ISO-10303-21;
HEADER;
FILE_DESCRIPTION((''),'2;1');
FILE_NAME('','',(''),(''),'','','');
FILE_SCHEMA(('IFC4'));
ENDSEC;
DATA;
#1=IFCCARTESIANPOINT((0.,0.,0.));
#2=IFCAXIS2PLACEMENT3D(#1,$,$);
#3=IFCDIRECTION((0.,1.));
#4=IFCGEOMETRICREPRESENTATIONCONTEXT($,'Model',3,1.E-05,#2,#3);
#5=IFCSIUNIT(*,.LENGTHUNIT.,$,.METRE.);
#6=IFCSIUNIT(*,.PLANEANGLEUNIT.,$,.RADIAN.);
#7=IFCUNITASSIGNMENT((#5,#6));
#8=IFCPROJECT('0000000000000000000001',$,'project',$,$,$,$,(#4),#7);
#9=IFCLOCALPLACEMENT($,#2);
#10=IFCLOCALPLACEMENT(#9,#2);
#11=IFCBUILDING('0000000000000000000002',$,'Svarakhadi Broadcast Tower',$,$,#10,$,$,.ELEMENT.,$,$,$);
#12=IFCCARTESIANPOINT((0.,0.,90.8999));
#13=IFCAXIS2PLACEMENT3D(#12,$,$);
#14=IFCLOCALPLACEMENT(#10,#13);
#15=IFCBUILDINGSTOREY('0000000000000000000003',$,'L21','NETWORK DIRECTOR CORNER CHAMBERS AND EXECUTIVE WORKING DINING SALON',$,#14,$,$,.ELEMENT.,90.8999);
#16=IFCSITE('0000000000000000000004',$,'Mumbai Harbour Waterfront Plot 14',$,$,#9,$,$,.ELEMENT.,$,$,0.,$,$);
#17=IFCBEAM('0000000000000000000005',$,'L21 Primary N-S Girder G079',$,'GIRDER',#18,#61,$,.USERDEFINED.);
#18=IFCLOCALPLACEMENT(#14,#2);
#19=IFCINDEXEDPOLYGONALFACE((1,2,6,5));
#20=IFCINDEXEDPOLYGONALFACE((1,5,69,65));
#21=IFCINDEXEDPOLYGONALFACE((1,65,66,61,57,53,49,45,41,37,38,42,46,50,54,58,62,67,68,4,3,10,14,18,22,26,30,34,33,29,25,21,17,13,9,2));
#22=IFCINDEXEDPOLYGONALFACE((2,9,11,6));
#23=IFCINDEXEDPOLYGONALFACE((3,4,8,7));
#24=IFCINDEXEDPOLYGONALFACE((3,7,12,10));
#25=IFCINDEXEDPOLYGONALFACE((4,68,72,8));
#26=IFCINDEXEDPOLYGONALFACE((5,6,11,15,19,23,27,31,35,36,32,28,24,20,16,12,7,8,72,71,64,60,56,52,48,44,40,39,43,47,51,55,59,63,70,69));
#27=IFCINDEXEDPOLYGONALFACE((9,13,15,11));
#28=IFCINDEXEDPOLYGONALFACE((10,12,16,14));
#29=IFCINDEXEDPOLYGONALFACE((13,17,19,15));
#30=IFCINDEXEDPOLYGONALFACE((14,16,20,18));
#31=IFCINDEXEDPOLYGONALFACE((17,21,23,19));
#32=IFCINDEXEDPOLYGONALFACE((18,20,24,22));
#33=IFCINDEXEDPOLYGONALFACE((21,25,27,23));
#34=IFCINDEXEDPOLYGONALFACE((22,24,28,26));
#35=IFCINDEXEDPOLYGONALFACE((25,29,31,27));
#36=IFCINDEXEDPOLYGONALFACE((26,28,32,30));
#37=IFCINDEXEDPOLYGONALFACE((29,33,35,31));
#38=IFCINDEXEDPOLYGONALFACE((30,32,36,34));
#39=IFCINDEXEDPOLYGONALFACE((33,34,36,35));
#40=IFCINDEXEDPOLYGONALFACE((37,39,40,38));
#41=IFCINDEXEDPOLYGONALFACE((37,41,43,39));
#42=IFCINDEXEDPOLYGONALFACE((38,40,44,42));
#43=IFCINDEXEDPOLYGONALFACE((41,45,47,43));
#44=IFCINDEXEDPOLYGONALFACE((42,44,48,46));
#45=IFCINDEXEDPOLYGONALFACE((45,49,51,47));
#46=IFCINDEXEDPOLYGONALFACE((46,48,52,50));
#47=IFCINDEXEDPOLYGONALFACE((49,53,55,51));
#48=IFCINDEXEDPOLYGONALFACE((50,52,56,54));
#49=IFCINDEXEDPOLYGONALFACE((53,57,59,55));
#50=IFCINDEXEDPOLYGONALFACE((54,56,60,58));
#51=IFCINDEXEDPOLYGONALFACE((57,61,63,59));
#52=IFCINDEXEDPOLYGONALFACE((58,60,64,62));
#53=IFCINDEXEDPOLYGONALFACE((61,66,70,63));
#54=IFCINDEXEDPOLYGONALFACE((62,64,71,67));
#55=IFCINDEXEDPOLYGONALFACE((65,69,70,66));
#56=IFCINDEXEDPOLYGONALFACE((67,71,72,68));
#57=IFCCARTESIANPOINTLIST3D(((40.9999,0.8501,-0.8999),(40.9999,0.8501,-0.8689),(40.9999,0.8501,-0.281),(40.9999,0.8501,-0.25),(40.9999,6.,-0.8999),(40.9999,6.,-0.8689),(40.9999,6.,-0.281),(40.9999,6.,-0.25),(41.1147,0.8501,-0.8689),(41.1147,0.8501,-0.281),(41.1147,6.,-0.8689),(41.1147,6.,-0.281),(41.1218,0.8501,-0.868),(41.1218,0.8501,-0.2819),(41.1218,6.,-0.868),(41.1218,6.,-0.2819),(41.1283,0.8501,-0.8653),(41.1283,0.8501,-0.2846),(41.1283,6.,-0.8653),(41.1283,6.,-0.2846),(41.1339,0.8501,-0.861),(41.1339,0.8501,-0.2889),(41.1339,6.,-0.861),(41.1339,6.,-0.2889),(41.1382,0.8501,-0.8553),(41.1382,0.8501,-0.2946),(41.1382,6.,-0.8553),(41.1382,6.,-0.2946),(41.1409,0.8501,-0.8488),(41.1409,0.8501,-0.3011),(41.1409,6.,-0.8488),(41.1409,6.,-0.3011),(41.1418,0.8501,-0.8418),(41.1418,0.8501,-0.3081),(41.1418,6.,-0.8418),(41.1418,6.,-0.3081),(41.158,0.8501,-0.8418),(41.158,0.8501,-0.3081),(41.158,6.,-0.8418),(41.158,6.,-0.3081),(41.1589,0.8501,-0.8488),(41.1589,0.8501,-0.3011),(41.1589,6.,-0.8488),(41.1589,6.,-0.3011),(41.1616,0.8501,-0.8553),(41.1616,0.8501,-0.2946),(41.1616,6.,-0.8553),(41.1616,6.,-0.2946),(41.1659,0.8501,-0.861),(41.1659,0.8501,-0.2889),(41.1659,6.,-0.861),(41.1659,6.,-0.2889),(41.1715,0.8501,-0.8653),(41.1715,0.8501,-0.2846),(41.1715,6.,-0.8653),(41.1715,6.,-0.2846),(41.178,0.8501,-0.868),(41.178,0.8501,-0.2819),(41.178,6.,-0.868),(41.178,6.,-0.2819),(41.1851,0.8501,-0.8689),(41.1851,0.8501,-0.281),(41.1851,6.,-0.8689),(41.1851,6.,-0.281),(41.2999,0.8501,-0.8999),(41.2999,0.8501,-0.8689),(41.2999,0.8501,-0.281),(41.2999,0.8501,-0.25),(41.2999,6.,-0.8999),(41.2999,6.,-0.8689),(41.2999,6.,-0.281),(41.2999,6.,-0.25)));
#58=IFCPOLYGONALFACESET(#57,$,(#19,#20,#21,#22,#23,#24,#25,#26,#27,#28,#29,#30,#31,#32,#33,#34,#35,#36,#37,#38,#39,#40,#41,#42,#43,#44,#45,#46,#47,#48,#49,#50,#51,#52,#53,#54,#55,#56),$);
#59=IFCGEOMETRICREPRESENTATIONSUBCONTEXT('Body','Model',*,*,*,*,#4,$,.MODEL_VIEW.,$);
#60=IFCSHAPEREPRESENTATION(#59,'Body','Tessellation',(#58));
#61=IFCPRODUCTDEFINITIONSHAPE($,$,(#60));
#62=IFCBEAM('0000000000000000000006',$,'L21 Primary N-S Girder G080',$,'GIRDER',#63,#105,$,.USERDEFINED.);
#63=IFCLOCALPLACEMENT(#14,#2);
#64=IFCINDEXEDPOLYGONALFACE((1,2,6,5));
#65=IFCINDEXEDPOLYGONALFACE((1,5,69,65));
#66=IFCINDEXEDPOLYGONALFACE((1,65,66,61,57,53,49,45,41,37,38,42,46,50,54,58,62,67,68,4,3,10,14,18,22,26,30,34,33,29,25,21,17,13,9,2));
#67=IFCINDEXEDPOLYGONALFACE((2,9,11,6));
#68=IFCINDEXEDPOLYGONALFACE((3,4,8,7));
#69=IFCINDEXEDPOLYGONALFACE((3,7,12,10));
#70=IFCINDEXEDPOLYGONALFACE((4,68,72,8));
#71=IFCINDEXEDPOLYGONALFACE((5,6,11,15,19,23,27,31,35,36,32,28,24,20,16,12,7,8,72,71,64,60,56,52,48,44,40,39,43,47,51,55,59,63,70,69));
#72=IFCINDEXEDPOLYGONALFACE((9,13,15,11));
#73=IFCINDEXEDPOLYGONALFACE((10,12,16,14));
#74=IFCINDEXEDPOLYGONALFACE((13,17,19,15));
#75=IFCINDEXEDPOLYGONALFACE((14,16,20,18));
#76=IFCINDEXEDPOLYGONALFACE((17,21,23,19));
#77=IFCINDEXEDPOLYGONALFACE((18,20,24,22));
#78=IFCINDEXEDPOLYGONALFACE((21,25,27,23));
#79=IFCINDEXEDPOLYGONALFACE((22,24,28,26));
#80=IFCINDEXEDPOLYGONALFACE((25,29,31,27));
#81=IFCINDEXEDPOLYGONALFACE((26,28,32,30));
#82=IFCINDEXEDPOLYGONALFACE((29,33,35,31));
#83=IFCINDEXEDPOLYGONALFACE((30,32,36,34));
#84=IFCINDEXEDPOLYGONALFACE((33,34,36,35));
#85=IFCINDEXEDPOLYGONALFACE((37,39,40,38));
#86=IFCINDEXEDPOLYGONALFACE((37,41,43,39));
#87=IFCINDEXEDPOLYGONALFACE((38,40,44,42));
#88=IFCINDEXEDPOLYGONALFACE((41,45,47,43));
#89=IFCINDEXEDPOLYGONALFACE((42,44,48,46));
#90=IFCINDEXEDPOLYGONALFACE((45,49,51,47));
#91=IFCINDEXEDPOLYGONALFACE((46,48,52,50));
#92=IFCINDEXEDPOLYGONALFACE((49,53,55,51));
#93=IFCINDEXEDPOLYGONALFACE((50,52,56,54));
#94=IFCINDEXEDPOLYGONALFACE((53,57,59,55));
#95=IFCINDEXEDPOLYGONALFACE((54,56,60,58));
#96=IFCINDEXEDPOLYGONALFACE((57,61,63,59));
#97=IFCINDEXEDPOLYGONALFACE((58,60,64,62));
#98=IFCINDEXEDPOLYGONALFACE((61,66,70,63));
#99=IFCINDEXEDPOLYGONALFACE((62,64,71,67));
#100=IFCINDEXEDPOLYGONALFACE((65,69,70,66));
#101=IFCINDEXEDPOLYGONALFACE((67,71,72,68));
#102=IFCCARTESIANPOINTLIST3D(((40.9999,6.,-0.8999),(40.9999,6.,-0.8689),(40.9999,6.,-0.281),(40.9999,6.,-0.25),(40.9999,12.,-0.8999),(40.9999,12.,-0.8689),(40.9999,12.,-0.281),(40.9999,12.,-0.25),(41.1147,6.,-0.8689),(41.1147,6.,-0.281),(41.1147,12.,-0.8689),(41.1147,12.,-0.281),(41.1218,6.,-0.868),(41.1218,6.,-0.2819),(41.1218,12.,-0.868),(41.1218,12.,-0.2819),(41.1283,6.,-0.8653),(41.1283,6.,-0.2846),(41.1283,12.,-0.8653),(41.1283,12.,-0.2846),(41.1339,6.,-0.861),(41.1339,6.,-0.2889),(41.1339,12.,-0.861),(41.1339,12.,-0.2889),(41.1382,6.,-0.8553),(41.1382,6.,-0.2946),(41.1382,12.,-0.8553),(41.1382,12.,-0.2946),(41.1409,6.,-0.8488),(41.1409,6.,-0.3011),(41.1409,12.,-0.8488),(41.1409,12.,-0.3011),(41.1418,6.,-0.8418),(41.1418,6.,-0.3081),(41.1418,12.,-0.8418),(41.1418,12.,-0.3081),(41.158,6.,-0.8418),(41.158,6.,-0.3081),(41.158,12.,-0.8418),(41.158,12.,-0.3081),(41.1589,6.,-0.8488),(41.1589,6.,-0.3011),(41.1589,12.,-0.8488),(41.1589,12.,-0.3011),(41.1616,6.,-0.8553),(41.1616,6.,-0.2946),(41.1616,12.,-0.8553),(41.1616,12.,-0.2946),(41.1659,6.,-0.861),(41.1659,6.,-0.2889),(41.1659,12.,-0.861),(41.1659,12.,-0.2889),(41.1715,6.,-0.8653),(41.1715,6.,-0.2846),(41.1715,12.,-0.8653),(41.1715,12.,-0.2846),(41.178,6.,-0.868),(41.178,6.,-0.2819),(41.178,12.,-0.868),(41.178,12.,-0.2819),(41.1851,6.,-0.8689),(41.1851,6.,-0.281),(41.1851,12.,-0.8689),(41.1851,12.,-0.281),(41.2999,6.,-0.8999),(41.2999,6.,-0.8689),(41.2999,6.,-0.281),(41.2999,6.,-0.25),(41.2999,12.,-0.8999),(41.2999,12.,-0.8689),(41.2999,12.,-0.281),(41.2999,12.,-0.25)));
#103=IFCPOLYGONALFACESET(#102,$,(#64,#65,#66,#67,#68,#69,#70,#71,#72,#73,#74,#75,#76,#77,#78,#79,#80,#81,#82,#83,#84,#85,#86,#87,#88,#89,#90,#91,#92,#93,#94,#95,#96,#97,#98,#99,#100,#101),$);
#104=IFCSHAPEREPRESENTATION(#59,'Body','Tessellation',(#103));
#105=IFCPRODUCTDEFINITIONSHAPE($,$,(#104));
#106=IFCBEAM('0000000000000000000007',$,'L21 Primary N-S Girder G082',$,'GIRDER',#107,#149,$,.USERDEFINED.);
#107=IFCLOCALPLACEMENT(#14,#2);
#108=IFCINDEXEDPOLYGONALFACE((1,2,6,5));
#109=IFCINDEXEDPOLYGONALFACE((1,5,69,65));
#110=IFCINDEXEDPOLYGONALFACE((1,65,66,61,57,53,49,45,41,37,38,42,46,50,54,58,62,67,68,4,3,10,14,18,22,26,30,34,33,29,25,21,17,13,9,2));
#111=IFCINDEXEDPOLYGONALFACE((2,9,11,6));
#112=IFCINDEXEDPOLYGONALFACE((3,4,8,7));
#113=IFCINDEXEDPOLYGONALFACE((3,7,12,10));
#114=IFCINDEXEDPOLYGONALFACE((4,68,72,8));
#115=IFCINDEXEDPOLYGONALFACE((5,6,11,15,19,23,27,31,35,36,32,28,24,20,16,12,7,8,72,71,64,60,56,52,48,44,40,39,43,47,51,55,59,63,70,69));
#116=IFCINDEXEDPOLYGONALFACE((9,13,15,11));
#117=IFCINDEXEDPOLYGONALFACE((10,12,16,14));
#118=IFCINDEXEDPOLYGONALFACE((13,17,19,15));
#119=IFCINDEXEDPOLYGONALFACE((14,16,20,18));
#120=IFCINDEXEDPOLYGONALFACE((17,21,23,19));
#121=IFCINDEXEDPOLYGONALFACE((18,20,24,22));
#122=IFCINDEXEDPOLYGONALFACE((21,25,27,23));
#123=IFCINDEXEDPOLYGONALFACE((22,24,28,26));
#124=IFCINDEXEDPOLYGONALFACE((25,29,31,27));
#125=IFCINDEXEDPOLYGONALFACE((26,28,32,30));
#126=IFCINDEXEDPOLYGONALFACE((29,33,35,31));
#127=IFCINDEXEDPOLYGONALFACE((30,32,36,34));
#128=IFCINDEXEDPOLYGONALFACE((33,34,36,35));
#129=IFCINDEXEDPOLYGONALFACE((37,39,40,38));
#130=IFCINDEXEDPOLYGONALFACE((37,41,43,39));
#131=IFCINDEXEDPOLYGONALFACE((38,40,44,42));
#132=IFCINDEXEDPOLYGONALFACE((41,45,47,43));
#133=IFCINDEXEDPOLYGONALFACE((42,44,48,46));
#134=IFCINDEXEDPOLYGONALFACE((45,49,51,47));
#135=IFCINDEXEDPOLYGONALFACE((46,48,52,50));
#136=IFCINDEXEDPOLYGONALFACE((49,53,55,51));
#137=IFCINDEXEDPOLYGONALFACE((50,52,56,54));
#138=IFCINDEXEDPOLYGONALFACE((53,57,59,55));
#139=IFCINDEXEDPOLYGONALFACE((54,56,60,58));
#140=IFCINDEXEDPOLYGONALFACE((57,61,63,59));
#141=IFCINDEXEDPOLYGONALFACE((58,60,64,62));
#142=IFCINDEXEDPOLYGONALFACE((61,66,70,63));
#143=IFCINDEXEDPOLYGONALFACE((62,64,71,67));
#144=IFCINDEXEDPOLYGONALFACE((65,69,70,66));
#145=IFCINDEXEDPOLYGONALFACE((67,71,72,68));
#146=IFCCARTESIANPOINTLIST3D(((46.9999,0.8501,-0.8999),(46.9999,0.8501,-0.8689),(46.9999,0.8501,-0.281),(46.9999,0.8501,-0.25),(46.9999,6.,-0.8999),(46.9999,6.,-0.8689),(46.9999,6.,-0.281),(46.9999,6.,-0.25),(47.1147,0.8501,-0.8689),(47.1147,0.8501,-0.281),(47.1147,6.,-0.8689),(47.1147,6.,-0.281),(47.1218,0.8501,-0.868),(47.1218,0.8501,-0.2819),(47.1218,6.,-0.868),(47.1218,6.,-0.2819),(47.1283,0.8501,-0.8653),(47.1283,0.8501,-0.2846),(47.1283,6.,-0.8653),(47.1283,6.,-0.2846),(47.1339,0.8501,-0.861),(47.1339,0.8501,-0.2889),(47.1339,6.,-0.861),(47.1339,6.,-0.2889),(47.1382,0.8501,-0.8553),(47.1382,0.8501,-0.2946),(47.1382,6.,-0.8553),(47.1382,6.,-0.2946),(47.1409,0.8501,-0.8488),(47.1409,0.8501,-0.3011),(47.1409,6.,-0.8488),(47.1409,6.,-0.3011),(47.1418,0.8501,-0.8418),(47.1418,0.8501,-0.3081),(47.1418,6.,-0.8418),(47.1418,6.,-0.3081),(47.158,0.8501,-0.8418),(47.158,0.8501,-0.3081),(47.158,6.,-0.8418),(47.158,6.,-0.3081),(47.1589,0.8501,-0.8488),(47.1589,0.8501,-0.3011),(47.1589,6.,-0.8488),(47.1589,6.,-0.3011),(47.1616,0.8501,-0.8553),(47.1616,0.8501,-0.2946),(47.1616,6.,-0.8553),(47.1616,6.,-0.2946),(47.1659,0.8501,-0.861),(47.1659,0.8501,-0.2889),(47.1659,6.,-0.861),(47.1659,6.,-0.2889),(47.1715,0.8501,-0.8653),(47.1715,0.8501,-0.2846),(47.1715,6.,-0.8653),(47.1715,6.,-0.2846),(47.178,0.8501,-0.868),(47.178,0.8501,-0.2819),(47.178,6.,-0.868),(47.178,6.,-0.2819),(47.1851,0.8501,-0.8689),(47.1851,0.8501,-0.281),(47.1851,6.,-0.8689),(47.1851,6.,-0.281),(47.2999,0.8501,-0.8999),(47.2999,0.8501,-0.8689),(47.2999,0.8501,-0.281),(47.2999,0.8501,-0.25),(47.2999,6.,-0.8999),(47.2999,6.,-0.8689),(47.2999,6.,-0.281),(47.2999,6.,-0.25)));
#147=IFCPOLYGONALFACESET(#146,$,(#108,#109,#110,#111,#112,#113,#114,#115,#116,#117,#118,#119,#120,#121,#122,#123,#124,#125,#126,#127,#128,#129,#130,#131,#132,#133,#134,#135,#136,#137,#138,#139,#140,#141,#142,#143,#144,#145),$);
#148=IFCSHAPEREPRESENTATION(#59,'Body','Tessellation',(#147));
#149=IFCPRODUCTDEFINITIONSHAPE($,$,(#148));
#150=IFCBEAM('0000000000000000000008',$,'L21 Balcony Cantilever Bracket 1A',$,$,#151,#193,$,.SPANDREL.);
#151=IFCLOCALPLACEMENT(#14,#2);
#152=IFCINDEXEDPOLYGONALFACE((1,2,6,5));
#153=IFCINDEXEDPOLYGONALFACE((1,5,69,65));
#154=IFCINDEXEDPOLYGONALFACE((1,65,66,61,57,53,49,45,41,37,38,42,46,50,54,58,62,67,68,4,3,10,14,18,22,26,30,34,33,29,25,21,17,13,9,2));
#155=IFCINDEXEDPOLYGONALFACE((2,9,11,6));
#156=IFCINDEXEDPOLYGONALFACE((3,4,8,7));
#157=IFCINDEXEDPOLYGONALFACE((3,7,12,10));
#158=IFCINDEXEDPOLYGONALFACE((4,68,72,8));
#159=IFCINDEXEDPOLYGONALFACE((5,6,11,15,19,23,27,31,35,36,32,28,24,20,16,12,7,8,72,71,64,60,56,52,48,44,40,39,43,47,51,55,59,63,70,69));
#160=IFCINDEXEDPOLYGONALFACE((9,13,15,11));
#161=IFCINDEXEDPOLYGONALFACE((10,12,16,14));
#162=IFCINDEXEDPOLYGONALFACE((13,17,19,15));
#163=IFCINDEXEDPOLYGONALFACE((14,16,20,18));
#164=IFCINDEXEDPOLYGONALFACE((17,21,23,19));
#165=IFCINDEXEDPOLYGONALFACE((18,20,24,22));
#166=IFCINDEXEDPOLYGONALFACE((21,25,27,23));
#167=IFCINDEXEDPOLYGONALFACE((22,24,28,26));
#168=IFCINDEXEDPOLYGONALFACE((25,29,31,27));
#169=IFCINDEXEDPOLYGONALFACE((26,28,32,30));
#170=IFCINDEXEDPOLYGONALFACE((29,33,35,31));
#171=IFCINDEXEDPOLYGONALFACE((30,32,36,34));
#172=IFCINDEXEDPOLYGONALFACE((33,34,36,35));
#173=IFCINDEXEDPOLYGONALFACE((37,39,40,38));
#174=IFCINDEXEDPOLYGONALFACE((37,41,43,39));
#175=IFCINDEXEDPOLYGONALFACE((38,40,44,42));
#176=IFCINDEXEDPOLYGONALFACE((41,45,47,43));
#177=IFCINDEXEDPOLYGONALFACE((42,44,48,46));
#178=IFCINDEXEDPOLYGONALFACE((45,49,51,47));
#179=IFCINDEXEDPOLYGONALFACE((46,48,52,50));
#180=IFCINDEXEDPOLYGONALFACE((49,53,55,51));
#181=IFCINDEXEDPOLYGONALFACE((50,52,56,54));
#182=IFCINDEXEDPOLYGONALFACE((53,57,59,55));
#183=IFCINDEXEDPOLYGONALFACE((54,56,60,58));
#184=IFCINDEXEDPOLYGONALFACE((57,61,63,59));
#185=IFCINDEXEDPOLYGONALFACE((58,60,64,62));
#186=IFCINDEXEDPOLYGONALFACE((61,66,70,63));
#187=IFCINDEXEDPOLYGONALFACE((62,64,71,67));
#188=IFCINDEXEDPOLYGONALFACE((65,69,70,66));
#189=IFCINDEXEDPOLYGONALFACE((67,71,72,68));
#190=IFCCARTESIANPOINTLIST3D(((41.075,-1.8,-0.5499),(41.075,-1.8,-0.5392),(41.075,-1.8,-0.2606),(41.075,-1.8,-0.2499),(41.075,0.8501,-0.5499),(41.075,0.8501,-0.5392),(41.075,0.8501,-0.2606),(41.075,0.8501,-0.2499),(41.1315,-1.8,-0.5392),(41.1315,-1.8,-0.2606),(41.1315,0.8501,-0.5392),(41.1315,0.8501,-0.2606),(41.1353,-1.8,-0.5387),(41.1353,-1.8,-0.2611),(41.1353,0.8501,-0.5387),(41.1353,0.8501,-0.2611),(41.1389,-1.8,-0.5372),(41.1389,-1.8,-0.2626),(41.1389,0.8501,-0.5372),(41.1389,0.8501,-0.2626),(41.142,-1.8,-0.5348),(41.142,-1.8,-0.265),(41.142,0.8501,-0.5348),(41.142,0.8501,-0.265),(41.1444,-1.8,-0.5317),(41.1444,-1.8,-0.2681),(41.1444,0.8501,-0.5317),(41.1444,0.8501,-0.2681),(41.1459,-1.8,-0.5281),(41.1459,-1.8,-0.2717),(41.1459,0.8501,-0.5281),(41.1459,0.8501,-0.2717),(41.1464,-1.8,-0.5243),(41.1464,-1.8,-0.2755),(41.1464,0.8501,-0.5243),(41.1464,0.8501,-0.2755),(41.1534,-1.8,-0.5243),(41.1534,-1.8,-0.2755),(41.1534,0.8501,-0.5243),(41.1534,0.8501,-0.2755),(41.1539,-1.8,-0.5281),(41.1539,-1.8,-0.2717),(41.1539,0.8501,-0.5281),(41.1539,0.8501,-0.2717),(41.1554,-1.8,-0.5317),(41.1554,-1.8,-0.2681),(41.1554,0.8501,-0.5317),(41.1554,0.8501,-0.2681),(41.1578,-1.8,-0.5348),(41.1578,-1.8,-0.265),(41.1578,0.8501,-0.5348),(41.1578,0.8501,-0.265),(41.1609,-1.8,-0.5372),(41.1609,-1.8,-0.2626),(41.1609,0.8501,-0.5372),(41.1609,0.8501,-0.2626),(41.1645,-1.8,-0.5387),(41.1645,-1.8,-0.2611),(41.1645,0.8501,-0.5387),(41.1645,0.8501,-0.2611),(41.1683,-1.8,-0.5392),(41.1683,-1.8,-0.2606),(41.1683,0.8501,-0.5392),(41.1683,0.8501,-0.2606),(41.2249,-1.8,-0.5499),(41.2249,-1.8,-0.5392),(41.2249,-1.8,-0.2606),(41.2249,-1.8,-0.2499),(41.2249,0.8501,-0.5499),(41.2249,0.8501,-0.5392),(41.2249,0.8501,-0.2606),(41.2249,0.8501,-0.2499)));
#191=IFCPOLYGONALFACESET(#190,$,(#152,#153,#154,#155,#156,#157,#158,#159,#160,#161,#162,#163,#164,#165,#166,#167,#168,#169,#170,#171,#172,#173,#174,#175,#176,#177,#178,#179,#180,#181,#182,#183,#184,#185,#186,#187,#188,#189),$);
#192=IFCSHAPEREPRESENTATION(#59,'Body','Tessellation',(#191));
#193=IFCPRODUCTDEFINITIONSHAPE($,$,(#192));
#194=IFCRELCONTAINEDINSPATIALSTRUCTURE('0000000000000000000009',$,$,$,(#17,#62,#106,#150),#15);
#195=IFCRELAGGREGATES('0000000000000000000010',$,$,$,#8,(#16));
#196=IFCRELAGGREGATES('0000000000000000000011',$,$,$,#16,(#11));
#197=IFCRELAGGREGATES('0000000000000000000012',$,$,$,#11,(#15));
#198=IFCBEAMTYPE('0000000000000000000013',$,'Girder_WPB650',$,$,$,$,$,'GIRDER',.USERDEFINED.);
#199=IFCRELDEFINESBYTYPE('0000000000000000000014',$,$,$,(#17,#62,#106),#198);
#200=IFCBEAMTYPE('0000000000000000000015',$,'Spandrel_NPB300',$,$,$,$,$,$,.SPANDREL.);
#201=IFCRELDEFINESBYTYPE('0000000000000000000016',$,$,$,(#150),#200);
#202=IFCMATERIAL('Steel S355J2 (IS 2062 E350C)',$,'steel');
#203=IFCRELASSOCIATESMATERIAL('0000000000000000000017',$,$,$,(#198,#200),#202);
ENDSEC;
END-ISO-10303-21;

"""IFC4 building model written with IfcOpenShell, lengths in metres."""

from ifc_helpers import new_model, si_unit, direction, frame, origin, origin_2d, place, context, subcontext, project, spatial, i_section, extrude, material, material_profile, profile_set, type_object, element, save


model = new_model("IFC4")

# Units and contexts
model_context = context("Model", 3, precision=1e-05, world=origin(), true_north=direction((0.0, 1.0)))
body_context = subcontext(model_context, "Body", "Model", "MODEL_VIEW")
ifc_project = project(units=[si_unit("LENGTHUNIT", "METRE"), si_unit("PLANEANGLEUNIT", "RADIAN")], contexts=[model_context])

# Site, building, storey
site_placement = place(None, origin())
site = spatial("IfcSite", under=ifc_project, at=site_placement, Name="Mumbai Harbour Waterfront Plot 14", CompositionType="ELEMENT", RefElevation=0.0)
building_placement = place(site_placement, origin())
building = spatial("IfcBuilding", under=site, at=building_placement, Name="Svarakhadi Broadcast Tower", CompositionType="ELEMENT")
storey_placement = place(building_placement, frame((0.0, 0.0, 90.8999)))
storey = spatial("IfcBuildingStorey", under=building, at=storey_placement, Name="L21", Description="NETWORK DIRECTOR CORNER CHAMBERS AND EXECUTIVE WORKING DINING SALON", CompositionType="ELEMENT", Elevation=90.8999)

# Shared definitions
ifc_material_1 = material(Name="Steel S355J2 (IS 2062 E350C)", Category="steel")

# Beams
ifc_material_profile_1 = material_profile(ifc_material_1, i_section(OverallWidth=0.3, OverallDepth=0.6499, WebThickness=0.0161, FlangeThickness=0.031, FilletRadius=0.0271, at=origin_2d()), Name="WPB 650x300x225")
ifc_profile_set_1 = profile_set([ifc_material_profile_1], Name="Steel S355J2 (IS 2062 E350C)")
beam_type_1 = type_object("IfcBeamType", Name="Girder_WPB650", ElementType="GIRDER", PredefinedType="USERDEFINED", material=ifc_profile_set_1)
beam_1_placement = place(storey_placement, frame((41.1499, 0.8501, -0.575), z_axis=(0.0, 1.0, 0.0), x_axis=(-1.0, 0.0, 0.0)))
element("IfcBeam", 1, at=beam_1_placement, inside=storey, type_object=beam_type_1, Name="L21 Primary N-S Girder G079", ObjectType="GIRDER", PredefinedType="USERDEFINED", context=body_context, shape_type="SweptSolid", body=[
    extrude(i_section(OverallWidth=0.3, OverallDepth=0.6499, WebThickness=0.0161, FlangeThickness=0.031, FilletRadius=0.0271, at=origin_2d()), origin(), (0.0, 0.0, 1.0), 5.1499),
])
beam_2_placement = place(storey_placement, frame((41.1499, 6.0, -0.575), z_axis=(0.0, 1.0, 0.0), x_axis=(-1.0, 0.0, 0.0)))
element("IfcBeam", 2, at=beam_2_placement, inside=storey, type_object=beam_type_1, Name="L21 Primary N-S Girder G080", ObjectType="GIRDER", PredefinedType="USERDEFINED", context=body_context, shape_type="SweptSolid", body=[
    extrude(i_section(OverallWidth=0.3, OverallDepth=0.6499, WebThickness=0.0161, FlangeThickness=0.031, FilletRadius=0.0271, at=origin_2d()), origin(), (0.0, 0.0, 1.0), 6.0),
])
beam_3_placement = place(storey_placement, frame((47.1499, 0.8501, -0.575), z_axis=(0.0, 1.0, 0.0), x_axis=(-1.0, 0.0, 0.0)))
element("IfcBeam", 3, at=beam_3_placement, inside=storey, type_object=beam_type_1, Name="L21 Primary N-S Girder G082", ObjectType="GIRDER", PredefinedType="USERDEFINED", context=body_context, shape_type="SweptSolid", body=[
    extrude(i_section(OverallWidth=0.3, OverallDepth=0.6499, WebThickness=0.0161, FlangeThickness=0.031, FilletRadius=0.0271, at=origin_2d()), origin(), (0.0, 0.0, 1.0), 5.1499),
])
ifc_material_profile_2 = material_profile(ifc_material_1, i_section(OverallWidth=0.1499, OverallDepth=0.3, WebThickness=0.0071, FlangeThickness=0.0107, FilletRadius=0.0149, at=origin_2d()), Name="NPB 300x150x37")
ifc_profile_set_2 = profile_set([ifc_material_profile_2], Name="Steel S355J2 (IS 2062 E350C)")
beam_type_2 = type_object("IfcBeamType", Name="Spandrel_NPB300", PredefinedType="SPANDREL", material=ifc_profile_set_2)
beam_4_placement = place(storey_placement, frame((41.1499, 0.8501, -0.3999), z_axis=(0.0, -1.0, 0.0), x_axis=(1.0, 0.0, 0.0)))
element("IfcBeam", 4, at=beam_4_placement, inside=storey, type_object=beam_type_2, Name="L21 Balcony Cantilever Bracket 1A", PredefinedType="SPANDREL", context=body_context, shape_type="SweptSolid", body=[
    extrude(i_section(OverallWidth=0.1499, OverallDepth=0.3, WebThickness=0.0071, FlangeThickness=0.0107, FilletRadius=0.0149, at=origin_2d()), origin(), (0.0, 0.0, 1.0), 2.6501),
])

save(model, "model.ifc")
